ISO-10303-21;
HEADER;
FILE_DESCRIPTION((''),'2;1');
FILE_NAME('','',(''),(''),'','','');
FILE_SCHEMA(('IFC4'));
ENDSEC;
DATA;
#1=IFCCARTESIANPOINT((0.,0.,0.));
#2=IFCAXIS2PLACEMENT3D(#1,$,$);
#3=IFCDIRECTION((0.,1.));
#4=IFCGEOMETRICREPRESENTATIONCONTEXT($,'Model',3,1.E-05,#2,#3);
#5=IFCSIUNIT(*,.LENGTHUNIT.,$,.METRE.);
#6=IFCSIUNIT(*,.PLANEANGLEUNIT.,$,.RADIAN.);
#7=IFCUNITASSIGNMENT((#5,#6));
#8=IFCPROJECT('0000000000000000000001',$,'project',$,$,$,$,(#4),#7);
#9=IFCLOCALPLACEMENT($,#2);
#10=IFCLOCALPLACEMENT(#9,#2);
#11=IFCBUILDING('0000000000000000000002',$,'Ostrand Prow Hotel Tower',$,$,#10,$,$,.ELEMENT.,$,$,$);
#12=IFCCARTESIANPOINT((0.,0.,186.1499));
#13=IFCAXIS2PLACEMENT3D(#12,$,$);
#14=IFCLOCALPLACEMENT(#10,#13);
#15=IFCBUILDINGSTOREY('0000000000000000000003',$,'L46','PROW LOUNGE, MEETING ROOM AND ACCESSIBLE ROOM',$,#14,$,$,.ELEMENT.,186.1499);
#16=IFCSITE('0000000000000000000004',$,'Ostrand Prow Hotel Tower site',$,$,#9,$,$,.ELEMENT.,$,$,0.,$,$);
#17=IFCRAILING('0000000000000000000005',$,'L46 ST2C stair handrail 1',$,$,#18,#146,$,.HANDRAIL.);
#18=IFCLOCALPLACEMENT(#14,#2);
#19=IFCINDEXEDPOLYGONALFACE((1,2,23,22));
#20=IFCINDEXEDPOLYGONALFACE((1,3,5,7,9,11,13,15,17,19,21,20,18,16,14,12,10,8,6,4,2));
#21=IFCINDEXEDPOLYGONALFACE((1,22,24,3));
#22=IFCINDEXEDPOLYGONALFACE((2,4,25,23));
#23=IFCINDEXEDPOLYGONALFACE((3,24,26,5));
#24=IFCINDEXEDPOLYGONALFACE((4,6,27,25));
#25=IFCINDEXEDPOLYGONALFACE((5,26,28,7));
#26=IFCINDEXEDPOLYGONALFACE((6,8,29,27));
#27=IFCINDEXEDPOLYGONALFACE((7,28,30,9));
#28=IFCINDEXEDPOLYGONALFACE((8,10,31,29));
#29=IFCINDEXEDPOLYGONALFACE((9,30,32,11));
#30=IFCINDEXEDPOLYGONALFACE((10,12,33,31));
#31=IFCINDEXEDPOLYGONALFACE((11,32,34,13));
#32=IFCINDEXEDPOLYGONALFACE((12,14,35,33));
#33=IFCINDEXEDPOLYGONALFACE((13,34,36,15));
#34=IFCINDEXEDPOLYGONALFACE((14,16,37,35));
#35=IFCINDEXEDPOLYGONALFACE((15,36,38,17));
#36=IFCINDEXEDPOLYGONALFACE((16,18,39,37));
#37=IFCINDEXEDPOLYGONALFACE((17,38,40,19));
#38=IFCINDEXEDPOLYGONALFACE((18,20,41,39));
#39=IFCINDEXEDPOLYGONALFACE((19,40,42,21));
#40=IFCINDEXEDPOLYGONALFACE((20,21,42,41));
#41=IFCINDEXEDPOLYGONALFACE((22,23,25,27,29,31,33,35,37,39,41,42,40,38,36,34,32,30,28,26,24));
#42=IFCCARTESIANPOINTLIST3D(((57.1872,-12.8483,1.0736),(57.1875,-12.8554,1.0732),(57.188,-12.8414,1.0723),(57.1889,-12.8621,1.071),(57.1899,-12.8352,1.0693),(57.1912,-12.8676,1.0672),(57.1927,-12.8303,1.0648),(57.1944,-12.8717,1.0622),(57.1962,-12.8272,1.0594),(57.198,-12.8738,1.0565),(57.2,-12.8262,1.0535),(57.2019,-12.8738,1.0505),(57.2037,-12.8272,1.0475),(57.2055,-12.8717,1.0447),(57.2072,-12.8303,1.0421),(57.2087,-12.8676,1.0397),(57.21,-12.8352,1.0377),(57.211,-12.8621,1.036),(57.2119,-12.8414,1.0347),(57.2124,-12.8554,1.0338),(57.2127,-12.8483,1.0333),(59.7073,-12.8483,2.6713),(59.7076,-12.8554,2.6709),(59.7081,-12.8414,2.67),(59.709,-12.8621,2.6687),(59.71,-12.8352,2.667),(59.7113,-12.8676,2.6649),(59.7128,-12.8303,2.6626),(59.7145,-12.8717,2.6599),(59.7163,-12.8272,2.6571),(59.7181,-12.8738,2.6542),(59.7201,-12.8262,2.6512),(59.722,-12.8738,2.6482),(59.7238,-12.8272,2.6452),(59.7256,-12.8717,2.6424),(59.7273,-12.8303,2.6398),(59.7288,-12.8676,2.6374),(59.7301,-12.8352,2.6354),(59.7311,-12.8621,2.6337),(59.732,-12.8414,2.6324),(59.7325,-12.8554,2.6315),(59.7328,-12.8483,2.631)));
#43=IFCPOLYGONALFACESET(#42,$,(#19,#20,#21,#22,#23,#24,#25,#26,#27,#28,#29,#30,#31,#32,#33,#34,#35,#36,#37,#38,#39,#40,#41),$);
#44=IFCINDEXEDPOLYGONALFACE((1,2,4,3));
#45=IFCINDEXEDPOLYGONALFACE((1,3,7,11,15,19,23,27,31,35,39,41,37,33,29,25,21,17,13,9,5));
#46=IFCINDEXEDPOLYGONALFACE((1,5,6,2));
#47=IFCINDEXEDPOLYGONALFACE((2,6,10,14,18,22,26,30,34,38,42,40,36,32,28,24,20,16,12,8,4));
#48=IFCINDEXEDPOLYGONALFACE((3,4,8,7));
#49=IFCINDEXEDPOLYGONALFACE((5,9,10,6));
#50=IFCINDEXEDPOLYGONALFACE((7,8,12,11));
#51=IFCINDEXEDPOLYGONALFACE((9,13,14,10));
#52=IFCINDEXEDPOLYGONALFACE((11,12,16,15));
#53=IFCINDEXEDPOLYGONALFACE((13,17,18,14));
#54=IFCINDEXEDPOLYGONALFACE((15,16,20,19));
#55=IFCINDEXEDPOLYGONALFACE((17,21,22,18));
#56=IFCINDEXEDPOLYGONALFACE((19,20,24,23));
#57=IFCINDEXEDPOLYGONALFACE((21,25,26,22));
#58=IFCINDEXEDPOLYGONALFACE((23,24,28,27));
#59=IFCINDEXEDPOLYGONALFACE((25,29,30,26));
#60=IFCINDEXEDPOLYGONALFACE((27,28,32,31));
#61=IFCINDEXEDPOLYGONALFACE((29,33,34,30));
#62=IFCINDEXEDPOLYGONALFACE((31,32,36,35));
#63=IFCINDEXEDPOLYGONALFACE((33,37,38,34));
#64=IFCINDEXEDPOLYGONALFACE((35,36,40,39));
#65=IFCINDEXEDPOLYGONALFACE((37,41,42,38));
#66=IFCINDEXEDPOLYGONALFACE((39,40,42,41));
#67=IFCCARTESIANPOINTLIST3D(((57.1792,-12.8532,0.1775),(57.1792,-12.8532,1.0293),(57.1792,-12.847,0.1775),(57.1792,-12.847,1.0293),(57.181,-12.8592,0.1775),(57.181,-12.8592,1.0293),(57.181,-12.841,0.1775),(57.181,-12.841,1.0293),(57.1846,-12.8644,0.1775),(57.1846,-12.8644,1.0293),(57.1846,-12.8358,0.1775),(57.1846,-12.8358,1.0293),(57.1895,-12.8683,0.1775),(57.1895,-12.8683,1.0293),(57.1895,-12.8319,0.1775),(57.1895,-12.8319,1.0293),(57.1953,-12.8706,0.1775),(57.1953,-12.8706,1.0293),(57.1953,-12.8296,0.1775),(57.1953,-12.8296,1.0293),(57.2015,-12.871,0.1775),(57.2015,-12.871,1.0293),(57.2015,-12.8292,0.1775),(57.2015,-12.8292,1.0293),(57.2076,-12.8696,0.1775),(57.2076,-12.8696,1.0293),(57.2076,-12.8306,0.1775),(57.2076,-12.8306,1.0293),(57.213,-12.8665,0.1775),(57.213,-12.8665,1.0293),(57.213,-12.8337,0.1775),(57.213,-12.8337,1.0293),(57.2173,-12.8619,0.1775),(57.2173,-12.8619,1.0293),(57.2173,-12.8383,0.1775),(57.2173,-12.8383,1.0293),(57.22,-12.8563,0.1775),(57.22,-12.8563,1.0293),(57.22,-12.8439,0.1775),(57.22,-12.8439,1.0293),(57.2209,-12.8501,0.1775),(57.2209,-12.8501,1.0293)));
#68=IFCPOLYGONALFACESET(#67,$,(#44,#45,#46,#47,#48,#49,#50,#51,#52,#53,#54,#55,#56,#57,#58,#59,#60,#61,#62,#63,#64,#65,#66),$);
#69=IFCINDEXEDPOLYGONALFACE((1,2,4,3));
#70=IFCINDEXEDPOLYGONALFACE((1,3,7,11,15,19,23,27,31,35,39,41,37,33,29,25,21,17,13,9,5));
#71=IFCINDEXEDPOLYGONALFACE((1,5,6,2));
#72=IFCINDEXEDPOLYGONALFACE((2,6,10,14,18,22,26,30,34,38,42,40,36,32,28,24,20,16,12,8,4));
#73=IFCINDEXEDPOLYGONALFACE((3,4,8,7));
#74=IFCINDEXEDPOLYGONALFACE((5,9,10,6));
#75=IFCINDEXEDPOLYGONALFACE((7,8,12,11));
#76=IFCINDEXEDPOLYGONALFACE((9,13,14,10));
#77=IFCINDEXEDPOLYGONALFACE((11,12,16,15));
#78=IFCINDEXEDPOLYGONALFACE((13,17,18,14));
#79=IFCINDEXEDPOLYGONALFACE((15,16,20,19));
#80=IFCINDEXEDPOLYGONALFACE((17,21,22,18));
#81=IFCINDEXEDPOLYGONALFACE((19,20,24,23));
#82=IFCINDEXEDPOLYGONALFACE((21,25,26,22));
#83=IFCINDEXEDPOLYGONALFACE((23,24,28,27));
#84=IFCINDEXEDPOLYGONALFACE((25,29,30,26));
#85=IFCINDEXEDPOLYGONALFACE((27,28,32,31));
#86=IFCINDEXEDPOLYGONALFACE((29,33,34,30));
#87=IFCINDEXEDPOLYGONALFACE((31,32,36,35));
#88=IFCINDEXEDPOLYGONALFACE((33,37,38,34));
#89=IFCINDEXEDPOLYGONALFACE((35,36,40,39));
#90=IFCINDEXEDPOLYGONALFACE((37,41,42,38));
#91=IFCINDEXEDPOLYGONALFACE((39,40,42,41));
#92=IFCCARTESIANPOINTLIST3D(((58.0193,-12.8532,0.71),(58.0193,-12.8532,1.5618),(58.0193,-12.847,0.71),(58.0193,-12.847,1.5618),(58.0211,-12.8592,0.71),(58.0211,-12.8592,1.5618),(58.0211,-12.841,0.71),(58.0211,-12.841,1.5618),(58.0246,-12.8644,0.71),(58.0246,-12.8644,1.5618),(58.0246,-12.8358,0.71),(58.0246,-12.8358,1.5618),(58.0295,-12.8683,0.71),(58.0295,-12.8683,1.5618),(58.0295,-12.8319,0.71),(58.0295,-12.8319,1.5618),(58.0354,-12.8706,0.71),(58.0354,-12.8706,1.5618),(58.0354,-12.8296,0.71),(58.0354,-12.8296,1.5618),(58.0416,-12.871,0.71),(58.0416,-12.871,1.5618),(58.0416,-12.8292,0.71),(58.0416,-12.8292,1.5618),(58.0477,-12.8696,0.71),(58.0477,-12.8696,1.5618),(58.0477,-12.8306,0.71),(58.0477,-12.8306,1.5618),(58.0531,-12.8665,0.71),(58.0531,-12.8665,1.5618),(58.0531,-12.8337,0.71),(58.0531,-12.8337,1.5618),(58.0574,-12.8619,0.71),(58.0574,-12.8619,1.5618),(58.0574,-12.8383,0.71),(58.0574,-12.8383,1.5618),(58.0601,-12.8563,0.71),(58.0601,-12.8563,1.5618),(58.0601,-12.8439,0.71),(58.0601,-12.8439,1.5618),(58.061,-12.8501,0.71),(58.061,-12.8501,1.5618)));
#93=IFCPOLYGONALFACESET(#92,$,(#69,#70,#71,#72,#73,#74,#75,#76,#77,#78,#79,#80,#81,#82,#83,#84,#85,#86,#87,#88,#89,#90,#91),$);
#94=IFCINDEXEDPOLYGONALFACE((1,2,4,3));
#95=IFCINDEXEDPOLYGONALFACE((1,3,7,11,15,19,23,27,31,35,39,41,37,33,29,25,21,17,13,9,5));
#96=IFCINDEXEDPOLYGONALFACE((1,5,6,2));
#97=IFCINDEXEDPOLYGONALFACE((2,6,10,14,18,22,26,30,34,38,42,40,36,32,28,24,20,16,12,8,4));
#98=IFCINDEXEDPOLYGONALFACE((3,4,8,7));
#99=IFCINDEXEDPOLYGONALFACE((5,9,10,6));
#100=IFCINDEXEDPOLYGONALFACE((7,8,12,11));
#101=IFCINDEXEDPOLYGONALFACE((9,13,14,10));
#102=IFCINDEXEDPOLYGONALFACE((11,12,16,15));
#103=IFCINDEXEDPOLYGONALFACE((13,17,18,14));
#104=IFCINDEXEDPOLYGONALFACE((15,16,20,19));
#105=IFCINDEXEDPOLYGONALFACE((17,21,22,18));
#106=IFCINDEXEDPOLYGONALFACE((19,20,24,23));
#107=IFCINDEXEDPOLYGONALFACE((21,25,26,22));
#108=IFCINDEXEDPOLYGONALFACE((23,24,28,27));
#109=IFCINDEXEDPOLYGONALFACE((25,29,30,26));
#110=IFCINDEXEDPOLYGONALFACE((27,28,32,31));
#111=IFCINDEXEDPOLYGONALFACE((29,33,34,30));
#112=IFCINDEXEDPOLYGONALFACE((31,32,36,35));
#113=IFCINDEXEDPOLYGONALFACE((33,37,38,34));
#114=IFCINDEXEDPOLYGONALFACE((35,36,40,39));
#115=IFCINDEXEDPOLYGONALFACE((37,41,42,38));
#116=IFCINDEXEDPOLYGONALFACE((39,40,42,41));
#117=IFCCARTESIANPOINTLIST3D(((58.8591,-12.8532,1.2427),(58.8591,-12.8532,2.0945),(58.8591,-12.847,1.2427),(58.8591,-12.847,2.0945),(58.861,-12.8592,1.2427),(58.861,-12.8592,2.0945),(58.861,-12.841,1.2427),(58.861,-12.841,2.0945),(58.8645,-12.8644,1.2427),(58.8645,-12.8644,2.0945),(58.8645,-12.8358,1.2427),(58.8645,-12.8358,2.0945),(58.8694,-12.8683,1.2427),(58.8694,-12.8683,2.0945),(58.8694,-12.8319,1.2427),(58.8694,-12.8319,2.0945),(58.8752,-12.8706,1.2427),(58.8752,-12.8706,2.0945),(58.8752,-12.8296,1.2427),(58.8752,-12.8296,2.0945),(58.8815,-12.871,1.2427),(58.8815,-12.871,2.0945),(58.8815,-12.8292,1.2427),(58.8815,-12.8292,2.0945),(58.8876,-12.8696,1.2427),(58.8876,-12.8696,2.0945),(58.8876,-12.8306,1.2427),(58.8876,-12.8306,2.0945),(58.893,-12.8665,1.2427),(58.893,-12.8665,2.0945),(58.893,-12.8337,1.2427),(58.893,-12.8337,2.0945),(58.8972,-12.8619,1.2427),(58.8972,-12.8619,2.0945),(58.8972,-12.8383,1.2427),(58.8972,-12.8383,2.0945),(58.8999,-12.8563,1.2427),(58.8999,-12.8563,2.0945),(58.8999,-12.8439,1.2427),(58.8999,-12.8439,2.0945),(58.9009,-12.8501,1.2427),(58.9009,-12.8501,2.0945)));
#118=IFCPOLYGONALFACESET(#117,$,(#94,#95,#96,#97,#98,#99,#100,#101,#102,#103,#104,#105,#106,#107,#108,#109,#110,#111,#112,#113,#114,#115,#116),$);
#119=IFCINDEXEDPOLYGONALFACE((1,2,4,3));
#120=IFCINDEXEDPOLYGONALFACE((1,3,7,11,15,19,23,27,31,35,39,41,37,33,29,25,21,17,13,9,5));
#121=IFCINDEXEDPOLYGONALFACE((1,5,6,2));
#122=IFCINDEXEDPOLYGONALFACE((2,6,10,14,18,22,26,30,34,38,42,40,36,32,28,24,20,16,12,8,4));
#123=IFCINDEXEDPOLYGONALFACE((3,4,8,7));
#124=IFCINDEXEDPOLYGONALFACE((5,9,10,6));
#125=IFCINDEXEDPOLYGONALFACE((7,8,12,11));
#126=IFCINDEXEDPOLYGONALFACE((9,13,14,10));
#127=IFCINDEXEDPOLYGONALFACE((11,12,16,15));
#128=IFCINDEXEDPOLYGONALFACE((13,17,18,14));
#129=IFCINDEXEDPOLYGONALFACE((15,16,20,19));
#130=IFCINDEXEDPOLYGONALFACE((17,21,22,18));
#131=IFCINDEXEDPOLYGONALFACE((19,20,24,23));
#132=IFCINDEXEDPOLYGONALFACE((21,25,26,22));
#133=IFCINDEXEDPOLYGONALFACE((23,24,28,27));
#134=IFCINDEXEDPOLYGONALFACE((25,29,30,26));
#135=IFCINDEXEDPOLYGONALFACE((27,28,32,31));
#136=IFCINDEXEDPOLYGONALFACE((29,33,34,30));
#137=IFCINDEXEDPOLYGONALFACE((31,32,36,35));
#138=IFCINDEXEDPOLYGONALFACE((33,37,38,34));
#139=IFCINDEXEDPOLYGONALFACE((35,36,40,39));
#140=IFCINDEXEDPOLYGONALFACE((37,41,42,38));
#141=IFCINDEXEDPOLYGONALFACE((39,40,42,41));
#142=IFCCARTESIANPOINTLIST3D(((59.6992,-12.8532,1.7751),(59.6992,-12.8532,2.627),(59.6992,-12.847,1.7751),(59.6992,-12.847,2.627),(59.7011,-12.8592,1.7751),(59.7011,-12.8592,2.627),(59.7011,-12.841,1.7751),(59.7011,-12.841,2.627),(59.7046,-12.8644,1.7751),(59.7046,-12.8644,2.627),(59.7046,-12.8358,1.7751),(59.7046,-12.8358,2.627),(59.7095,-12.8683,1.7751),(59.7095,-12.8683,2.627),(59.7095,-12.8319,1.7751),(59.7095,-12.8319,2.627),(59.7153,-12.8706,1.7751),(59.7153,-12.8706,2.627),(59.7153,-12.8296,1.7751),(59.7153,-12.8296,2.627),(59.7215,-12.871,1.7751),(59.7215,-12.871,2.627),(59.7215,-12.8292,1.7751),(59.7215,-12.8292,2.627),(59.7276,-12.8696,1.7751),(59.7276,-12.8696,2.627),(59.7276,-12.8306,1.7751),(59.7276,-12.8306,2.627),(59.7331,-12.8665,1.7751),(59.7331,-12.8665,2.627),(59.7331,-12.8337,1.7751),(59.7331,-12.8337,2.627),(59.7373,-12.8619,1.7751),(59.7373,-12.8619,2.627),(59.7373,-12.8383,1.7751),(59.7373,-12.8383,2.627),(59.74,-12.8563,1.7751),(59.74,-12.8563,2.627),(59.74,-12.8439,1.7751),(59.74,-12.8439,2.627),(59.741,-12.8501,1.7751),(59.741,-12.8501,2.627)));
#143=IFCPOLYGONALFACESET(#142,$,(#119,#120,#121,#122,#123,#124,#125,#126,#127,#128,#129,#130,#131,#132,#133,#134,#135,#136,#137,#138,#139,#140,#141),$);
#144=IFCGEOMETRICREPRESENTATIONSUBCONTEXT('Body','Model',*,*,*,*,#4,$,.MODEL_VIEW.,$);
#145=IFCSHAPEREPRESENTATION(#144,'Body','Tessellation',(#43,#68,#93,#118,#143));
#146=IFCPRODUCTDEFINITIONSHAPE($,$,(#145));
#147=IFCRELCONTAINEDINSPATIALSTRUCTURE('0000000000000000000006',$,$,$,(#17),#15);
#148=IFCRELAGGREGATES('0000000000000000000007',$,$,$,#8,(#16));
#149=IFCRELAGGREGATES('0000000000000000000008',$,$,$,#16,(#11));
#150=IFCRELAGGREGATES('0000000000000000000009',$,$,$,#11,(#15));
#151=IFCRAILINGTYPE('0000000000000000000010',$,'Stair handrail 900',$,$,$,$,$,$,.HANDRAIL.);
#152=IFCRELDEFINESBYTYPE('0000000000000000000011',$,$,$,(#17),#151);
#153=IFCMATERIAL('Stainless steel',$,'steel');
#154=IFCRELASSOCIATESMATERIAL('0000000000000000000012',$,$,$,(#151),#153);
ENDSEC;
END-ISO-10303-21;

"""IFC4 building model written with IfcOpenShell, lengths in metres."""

from ifc_helpers import new_model, si_unit, direction, frame, origin, origin_2d, place, context, subcontext, project, spatial, circle, extrude, material, type_object, element, save


model = new_model("IFC4")

# Units and contexts
model_context = context("Model", 3, precision=1e-05, world=origin(), true_north=direction((0.0, 1.0)))
body_context = subcontext(model_context, "Body", "Model", "MODEL_VIEW")
ifc_project = project(units=[si_unit("LENGTHUNIT", "METRE"), si_unit("PLANEANGLEUNIT", "RADIAN")], contexts=[model_context])

# Site, building, storey
site_placement = place(None, origin())
site = spatial("IfcSite", under=ifc_project, at=site_placement, Name="Ostrand Prow Hotel Tower site", CompositionType="ELEMENT", RefElevation=0.0)
building_placement = place(site_placement, origin())
building = spatial("IfcBuilding", under=site, at=building_placement, Name="Ostrand Prow Hotel Tower", CompositionType="ELEMENT")
storey_placement = place(building_placement, frame((0.0, 0.0, 186.1499)))
storey = spatial("IfcBuildingStorey", under=building, at=storey_placement, Name="L46", Description="PROW LOUNGE, MEETING ROOM AND ACCESSIBLE ROOM", CompositionType="ELEMENT", Elevation=186.1499)

# Railing
ifc_material_1 = material(Name="Stainless steel", Category="steel")
railing_type_1 = type_object("IfcRailingType", Name="Stair handrail 900", PredefinedType="HANDRAIL", material=ifc_material_1)
railing_1_placement = place(storey_placement, frame((57.2, -12.8501, 0.1775)))
element("IfcRailing", 1, at=railing_1_placement, inside=storey, type_object=railing_type_1, Name="L46 ST2C stair handrail 1", PredefinedType="HANDRAIL", context=body_context, shape_type="SweptSolid", body=[
    extrude(circle(Radius=0.0239, at=origin_2d()), frame((0.0, 0.0, 0.876), z_axis=(0.84457, 0.0, 0.535445), x_axis=(0.0, 1.0, 0.0)), (0.0, 0.0, 1.0), 2.9839),
    extrude(circle(Radius=0.021, at=origin_2d()), origin(), (0.0, 0.0, 1.0), 0.8518),
    extrude(circle(Radius=0.021, at=origin_2d()), frame((0.8401, 0.0, 0.5325)), (0.0, 0.0, 1.0), 0.8518),
    extrude(circle(Radius=0.021, at=origin_2d()), frame((1.6799, 0.0, 1.0652)), (0.0, 0.0, 1.0), 0.8518),
    extrude(circle(Radius=0.021, at=origin_2d()), frame((2.52, 0.0, 1.5977)), (0.0, 0.0, 1.0), 0.8518),
])

save(model, "model.ifc")
